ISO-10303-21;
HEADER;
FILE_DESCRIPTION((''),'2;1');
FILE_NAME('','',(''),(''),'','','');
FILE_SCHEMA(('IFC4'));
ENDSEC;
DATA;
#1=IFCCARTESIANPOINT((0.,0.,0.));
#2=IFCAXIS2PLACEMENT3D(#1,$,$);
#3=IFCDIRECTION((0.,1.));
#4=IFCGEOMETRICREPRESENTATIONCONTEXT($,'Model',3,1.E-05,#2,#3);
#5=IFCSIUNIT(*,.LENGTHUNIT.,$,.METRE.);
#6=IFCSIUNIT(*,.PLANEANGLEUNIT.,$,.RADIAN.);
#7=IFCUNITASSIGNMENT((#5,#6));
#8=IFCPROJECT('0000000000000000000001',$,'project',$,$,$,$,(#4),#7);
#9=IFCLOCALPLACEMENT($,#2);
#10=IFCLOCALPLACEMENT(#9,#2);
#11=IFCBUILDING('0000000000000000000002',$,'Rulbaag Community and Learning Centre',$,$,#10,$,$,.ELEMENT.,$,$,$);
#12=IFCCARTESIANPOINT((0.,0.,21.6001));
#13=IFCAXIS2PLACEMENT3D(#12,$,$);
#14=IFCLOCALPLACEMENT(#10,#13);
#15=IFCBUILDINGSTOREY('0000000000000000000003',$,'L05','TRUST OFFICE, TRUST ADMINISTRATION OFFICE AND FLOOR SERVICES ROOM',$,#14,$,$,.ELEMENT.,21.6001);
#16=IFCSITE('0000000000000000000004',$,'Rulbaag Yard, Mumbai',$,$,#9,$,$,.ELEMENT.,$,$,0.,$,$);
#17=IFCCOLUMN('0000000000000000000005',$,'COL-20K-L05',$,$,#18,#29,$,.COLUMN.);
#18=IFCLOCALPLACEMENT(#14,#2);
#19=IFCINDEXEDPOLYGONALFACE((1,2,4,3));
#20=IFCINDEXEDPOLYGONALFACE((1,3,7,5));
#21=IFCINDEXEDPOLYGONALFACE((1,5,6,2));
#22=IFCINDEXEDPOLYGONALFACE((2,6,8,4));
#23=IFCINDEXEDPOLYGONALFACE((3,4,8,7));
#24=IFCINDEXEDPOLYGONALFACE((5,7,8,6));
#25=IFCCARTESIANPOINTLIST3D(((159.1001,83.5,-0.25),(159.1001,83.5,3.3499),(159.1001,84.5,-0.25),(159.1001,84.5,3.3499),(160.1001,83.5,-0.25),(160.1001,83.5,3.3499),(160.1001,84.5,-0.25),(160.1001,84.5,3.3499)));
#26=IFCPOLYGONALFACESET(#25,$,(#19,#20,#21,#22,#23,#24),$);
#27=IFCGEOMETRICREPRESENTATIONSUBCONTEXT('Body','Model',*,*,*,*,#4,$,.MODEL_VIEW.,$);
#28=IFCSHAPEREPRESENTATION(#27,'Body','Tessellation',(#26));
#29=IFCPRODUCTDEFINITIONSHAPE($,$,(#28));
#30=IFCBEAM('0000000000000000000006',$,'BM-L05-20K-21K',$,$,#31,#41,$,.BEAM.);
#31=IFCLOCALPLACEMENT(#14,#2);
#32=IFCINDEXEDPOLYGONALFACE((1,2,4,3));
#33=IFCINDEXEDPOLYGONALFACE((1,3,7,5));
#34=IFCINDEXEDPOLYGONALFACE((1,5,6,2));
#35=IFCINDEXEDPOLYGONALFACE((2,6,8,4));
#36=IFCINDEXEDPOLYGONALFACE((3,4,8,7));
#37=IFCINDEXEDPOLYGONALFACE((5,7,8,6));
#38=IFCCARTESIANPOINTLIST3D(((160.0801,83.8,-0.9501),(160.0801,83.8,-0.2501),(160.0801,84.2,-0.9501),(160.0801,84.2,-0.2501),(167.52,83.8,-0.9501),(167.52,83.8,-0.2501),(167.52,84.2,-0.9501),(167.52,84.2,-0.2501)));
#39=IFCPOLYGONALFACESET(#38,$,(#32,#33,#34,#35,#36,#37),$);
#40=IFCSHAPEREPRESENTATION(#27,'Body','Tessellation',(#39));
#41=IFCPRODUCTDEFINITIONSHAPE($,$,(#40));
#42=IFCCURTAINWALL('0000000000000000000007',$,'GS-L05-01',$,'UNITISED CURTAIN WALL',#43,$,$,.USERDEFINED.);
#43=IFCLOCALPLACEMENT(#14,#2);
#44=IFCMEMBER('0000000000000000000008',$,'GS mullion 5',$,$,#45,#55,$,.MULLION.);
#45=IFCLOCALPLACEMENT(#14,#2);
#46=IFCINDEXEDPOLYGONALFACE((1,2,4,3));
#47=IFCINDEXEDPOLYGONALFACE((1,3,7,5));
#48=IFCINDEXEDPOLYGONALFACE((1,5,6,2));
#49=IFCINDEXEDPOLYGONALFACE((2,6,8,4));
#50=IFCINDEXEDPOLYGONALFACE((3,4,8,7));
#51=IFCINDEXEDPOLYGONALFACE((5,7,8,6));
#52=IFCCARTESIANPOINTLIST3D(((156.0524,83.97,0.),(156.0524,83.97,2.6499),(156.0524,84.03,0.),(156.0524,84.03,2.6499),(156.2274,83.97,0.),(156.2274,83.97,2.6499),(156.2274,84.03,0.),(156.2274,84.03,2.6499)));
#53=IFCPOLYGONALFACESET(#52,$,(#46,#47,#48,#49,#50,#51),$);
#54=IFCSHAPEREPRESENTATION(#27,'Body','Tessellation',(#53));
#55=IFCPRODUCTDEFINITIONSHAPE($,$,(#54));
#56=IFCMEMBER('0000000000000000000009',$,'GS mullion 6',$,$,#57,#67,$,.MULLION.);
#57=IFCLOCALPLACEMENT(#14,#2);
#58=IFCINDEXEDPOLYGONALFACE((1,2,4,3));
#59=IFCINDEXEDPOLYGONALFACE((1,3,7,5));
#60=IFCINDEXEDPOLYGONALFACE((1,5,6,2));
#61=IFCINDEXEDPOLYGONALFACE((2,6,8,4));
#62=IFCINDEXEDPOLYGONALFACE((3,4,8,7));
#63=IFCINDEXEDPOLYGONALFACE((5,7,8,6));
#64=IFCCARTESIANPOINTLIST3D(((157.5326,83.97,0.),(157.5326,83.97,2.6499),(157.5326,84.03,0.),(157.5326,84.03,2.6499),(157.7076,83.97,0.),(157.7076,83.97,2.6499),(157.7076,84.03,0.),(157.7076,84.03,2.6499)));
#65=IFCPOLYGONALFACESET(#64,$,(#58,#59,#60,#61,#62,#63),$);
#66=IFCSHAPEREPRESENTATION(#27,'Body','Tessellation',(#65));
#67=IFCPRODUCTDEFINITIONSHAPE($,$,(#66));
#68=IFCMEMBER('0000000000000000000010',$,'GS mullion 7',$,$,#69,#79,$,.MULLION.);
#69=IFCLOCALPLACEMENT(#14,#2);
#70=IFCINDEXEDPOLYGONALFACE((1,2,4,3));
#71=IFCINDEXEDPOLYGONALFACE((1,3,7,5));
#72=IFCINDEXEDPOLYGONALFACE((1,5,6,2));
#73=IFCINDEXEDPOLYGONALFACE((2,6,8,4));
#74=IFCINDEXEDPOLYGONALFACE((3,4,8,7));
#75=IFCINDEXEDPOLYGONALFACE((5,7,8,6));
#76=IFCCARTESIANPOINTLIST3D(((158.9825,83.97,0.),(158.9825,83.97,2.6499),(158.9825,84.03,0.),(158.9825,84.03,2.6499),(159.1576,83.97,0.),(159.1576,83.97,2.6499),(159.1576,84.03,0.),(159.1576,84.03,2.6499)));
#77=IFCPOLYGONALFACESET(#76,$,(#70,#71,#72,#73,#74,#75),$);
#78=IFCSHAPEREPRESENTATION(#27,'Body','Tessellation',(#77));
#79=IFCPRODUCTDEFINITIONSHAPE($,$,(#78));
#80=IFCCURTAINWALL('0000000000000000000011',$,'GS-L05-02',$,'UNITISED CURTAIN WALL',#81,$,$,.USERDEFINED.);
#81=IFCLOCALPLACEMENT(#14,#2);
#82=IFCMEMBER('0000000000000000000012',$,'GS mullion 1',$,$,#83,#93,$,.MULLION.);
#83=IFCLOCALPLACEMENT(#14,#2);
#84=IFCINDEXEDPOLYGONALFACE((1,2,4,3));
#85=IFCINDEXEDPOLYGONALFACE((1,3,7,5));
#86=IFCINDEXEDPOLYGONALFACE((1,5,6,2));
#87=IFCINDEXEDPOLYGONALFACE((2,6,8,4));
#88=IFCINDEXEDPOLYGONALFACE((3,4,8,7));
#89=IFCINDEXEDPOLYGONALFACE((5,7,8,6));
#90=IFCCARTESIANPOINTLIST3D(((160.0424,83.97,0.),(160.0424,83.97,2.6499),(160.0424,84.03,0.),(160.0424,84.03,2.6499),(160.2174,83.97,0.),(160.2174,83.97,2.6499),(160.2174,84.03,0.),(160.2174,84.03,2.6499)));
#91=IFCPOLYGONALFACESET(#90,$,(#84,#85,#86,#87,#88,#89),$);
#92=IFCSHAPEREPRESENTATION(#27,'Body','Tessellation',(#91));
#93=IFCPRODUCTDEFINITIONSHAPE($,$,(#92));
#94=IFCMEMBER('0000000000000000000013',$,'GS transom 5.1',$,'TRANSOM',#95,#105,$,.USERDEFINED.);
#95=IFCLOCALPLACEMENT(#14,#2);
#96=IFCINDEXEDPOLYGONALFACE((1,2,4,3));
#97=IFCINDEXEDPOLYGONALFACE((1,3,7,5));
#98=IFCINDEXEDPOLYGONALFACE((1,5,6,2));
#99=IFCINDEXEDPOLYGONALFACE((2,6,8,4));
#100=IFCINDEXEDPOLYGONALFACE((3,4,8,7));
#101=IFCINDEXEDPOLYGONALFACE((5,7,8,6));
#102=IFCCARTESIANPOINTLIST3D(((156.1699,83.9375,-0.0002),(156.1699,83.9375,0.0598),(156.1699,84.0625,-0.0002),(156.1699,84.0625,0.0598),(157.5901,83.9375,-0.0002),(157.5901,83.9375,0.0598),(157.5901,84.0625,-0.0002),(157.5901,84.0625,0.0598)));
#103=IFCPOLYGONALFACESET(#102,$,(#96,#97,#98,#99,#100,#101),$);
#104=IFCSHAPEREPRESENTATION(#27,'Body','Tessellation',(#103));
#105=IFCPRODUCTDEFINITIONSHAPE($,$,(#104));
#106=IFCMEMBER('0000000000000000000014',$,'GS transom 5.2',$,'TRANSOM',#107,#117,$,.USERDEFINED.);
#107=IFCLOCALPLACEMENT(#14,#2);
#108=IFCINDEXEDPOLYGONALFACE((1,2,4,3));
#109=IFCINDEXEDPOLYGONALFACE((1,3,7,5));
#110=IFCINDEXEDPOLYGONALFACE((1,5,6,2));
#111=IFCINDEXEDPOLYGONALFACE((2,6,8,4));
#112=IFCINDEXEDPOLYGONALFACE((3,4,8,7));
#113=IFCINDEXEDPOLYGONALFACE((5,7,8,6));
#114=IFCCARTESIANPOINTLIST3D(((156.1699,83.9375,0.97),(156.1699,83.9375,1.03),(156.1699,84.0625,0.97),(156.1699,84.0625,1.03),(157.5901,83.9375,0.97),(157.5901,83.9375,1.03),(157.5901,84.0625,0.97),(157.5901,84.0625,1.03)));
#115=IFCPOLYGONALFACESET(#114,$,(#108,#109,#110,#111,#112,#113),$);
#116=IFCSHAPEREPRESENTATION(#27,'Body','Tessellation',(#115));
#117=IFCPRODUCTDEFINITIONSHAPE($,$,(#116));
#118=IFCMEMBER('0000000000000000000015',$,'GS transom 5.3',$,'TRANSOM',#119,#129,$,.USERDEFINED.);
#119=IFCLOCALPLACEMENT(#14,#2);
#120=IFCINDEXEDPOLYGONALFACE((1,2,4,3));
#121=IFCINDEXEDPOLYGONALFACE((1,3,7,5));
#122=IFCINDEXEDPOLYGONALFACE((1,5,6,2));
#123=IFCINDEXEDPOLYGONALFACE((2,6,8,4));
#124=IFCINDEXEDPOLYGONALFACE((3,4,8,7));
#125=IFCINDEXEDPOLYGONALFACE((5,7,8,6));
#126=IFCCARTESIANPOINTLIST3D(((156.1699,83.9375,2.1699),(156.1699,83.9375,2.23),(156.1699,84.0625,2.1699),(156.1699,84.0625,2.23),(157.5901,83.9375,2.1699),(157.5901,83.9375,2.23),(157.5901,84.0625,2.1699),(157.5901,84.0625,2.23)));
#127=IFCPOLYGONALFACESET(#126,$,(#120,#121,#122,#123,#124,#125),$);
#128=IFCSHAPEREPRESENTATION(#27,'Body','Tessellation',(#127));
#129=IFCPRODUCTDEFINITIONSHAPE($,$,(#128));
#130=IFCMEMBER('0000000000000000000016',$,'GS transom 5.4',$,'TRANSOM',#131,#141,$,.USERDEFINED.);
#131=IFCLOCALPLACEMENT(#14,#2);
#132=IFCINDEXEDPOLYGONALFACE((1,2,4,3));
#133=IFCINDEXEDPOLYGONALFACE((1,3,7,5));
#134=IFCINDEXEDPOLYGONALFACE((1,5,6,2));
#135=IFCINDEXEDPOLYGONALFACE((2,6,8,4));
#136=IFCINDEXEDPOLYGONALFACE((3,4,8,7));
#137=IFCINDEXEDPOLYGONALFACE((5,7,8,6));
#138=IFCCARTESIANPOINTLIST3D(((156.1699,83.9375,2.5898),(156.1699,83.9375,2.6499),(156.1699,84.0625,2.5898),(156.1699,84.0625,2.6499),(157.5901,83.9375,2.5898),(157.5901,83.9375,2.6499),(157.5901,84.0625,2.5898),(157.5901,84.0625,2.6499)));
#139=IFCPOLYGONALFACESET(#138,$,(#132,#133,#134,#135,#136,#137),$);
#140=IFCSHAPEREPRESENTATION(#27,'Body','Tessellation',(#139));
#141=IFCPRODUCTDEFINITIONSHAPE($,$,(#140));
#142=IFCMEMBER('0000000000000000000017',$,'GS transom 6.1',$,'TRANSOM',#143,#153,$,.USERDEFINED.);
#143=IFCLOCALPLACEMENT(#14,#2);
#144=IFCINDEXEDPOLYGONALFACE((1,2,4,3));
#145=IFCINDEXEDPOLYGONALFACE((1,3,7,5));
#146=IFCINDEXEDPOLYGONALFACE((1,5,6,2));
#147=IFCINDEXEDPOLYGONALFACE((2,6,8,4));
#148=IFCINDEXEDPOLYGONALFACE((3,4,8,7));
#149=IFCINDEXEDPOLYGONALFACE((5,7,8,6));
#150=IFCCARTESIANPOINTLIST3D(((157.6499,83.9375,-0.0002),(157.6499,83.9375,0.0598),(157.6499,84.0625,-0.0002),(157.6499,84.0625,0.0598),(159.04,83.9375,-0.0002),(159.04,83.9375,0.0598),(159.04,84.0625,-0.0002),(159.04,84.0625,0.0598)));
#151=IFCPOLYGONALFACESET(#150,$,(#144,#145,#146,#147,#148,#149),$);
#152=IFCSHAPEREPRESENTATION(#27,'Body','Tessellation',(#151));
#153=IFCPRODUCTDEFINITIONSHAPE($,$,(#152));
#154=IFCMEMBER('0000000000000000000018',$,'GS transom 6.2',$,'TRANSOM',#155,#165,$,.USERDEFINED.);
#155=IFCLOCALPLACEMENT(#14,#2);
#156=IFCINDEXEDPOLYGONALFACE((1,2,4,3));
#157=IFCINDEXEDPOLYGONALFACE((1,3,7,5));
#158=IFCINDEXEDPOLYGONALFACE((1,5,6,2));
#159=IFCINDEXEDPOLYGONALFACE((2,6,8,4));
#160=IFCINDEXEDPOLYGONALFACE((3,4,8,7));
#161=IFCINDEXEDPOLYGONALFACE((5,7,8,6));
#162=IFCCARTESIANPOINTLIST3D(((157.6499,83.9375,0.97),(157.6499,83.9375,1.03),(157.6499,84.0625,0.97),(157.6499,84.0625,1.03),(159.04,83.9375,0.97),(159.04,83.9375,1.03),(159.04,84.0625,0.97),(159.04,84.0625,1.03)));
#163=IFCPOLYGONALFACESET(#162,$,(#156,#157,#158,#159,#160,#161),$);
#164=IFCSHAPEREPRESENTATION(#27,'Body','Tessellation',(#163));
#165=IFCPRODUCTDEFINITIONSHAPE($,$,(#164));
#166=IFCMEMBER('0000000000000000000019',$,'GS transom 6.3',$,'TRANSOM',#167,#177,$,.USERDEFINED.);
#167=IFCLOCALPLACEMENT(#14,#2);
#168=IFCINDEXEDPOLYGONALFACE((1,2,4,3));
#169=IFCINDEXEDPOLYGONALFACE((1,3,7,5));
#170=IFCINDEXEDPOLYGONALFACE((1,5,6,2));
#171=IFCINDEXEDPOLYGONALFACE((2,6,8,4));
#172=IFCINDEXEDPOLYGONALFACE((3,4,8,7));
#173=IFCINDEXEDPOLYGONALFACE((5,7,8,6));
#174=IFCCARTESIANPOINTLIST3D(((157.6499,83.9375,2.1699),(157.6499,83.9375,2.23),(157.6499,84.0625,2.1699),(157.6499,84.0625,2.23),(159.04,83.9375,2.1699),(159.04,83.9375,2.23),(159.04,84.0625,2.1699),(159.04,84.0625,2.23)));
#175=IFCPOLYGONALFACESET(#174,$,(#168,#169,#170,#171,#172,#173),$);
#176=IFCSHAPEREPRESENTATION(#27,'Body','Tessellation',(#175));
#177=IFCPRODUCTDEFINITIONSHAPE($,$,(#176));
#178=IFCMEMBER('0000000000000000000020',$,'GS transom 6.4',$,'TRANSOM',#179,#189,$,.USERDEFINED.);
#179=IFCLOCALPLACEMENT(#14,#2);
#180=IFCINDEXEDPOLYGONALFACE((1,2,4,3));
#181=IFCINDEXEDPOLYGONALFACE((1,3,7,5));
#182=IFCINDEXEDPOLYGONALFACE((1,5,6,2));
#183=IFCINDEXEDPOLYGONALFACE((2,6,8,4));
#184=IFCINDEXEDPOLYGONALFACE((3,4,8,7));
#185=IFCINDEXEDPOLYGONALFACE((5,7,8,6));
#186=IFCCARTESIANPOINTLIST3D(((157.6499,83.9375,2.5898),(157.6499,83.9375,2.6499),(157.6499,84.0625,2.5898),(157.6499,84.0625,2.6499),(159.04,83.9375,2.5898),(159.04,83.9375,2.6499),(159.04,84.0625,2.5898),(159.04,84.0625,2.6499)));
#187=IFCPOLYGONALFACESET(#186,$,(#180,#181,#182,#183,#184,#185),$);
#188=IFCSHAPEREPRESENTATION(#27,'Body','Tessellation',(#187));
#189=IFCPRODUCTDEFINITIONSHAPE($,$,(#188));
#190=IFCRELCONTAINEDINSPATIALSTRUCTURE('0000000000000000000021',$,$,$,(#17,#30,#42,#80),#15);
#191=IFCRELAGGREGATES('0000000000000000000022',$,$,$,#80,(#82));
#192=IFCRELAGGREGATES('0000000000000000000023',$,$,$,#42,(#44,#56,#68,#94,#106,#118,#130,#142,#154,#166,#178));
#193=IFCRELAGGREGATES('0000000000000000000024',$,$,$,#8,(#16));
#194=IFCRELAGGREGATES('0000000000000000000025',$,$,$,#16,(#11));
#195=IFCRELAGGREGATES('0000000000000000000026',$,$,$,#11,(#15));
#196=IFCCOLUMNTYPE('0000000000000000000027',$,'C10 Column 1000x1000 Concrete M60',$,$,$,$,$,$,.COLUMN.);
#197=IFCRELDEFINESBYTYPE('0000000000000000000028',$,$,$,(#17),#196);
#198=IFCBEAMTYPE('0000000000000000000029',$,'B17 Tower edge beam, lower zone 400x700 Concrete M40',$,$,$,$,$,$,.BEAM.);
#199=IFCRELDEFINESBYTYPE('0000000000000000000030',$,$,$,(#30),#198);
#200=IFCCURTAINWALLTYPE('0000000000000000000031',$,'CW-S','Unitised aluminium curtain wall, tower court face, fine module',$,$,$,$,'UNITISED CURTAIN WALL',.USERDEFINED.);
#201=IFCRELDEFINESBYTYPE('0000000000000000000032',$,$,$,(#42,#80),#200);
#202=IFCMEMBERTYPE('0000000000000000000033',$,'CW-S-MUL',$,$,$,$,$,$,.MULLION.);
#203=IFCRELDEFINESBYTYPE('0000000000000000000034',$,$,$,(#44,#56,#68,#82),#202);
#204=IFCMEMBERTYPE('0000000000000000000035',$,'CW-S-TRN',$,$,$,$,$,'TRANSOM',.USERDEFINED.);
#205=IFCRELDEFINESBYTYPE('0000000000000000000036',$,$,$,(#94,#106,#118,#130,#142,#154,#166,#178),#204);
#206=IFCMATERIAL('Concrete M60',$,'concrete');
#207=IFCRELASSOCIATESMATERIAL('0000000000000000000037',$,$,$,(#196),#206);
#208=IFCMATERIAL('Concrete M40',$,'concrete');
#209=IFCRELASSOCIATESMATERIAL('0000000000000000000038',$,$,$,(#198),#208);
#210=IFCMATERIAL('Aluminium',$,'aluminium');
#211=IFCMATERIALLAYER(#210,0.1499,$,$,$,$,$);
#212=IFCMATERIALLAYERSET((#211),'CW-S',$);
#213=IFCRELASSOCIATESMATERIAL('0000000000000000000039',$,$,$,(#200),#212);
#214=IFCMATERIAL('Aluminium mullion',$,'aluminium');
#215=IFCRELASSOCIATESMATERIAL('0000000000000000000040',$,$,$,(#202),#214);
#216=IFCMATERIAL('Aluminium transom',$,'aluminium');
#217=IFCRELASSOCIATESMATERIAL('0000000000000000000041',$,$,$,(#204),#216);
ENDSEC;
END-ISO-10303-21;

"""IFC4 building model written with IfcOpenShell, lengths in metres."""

from ifc_helpers import new_model, si_unit, direction, frame, origin, origin_2d, place, context, subcontext, project, spatial, rectangle, extrude, material, layer, layer_set, material_profile, profile_set, type_object, element, aggregate, save


model = new_model("IFC4")

# Units and contexts
model_context = context("Model", 3, precision=1e-05, world=origin(), true_north=direction((0.0, 1.0)))
body_context = subcontext(model_context, "Body", "Model", "MODEL_VIEW")
ifc_project = project(units=[si_unit("LENGTHUNIT", "METRE"), si_unit("PLANEANGLEUNIT", "RADIAN")], contexts=[model_context])

# Site, building, storey
site_placement = place(None, origin())
site = spatial("IfcSite", under=ifc_project, at=site_placement, Name="Rulbaag Yard, Mumbai", CompositionType="ELEMENT", RefElevation=0.0)
building_placement = place(site_placement, origin())
building = spatial("IfcBuilding", under=site, at=building_placement, Name="Rulbaag Community and Learning Centre", CompositionType="ELEMENT")
storey_placement = place(building_placement, frame((0.0, 0.0, 21.6001)))
storey = spatial("IfcBuildingStorey", under=building, at=storey_placement, Name="L05", Description="TRUST OFFICE, TRUST ADMINISTRATION OFFICE AND FLOOR SERVICES ROOM", CompositionType="ELEMENT", Elevation=21.6001)

# Column
ifc_material_1 = material(Name="Concrete M60", Category="concrete")
ifc_material_profile_1 = material_profile(ifc_material_1, rectangle(XDim=1.0, YDim=1.0, at=origin_2d()), Name="RC1000x1000")
ifc_profile_set_1 = profile_set([ifc_material_profile_1], Name="Concrete M60")
column_type = type_object("IfcColumnType", Name="C10 Column 1000x1000 Concrete M60", PredefinedType="COLUMN", material=ifc_profile_set_1)
column_placement = place(storey_placement, frame((159.6001, 84.0, -0.25), z_axis=(0.0, 0.0, 1.0), x_axis=(1.0, 0.0, 0.0)))
element("IfcColumn", 1, at=column_placement, inside=storey, type_object=column_type, Name="COL-20K-L05", PredefinedType="COLUMN", context=body_context, shape_type="SweptSolid", body=[
    extrude(rectangle(XDim=1.0, YDim=1.0, at=origin_2d()), origin(), (0.0, 0.0, 1.0), 3.5999),
])

# Beam
ifc_material_2 = material(Name="Concrete M40", Category="concrete")
ifc_material_profile_2 = material_profile(ifc_material_2, rectangle(XDim=0.3999, YDim=0.7, at=origin_2d()), Name="RB400x700")
ifc_profile_set_2 = profile_set([ifc_material_profile_2], Name="Concrete M40")
beam_type = type_object("IfcBeamType", Name="B17 Tower edge beam, lower zone 400x700 Concrete M40", PredefinedType="BEAM", material=ifc_profile_set_2)
beam_placement = place(storey_placement, frame((160.0801, 84.0, -0.6001), z_axis=(1.0, 0.0, 0.0), x_axis=(0.0, 1.0, 0.0)))
element("IfcBeam", 2, at=beam_placement, inside=storey, type_object=beam_type, Name="BM-L05-20K-21K", PredefinedType="BEAM", context=body_context, shape_type="SweptSolid", body=[
    extrude(rectangle(XDim=0.3999, YDim=0.7, at=origin_2d()), origin(), (0.0, 0.0, 1.0), 7.4399),
])

# Curtain wall, members
ifc_material_3 = material(Name="Aluminium", Category="aluminium")
ifc_layer_1 = layer(ifc_material_3, 0.1499)
ifc_layer_set_1 = layer_set([ifc_layer_1], Name="CW-S")
curtain_wall_type = type_object("IfcCurtainWallType", Name="CW-S", Description="Unitised aluminium curtain wall, tower court face, fine module", ElementType="UNITISED CURTAIN WALL", PredefinedType="USERDEFINED", material=ifc_layer_set_1)
curtain_wall_1_placement = place(storey_placement, origin())
curtain_wall_1 = element("IfcCurtainWall", 3, at=curtain_wall_1_placement, inside=storey, type_object=curtain_wall_type, Name="GS-L05-01", ObjectType="UNITISED CURTAIN WALL", PredefinedType="USERDEFINED")
ifc_material_4 = material(Name="Aluminium mullion", Category="aluminium")
ifc_material_profile_3 = material_profile(ifc_material_4, rectangle(XDim=0.0601, YDim=0.175, at=origin_2d()), Name="AL 60x175")
ifc_profile_set_3 = profile_set([ifc_material_profile_3], Name="Aluminium mullion")
member_type_1 = type_object("IfcMemberType", Name="CW-S-MUL", PredefinedType="MULLION", material=ifc_profile_set_3)
member_1_placement = place(storey_placement, frame((156.1399, 84.0, 0.0), z_axis=(0.0, 0.0, 1.0), x_axis=(0.0, 1.0, 0.0)))
member_1 = element("IfcMember", 4, at=member_1_placement, type_object=member_type_1, Name="GS mullion 5", PredefinedType="MULLION", context=body_context, shape_type="SweptSolid", body=[
    extrude(rectangle(XDim=0.0601, YDim=0.175, at=origin_2d()), origin(), (0.0, 0.0, 1.0), 2.6499),
])
member_2_placement = place(storey_placement, frame((157.6201, 84.0, 0.0), z_axis=(0.0, 0.0, 1.0), x_axis=(0.0, 1.0, 0.0)))
member_2 = element("IfcMember", 5, at=member_2_placement, type_object=member_type_1, Name="GS mullion 6", PredefinedType="MULLION", context=body_context, shape_type="SweptSolid", body=[
    extrude(rectangle(XDim=0.0601, YDim=0.175, at=origin_2d()), origin(), (0.0, 0.0, 1.0), 2.6499),
])
member_3_placement = place(storey_placement, frame((159.0701, 84.0, 0.0), z_axis=(0.0, 0.0, 1.0), x_axis=(0.0, 1.0, 0.0)))
member_3 = element("IfcMember", 6, at=member_3_placement, type_object=member_type_1, Name="GS mullion 7", PredefinedType="MULLION", context=body_context, shape_type="SweptSolid", body=[
    extrude(rectangle(XDim=0.0601, YDim=0.175, at=origin_2d()), origin(), (0.0, 0.0, 1.0), 2.6499),
])

# Curtain wall, member
curtain_wall_2_placement = place(storey_placement, origin())
curtain_wall_2 = element("IfcCurtainWall", 7, at=curtain_wall_2_placement, inside=storey, type_object=curtain_wall_type, Name="GS-L05-02", ObjectType="UNITISED CURTAIN WALL", PredefinedType="USERDEFINED")
member_4_placement = place(storey_placement, frame((160.1299, 84.0, 0.0), z_axis=(0.0, 0.0, 1.0), x_axis=(0.0, 1.0, 0.0)))
member_4 = element("IfcMember", 8, at=member_4_placement, type_object=member_type_1, Name="GS mullion 1", PredefinedType="MULLION", context=body_context, shape_type="SweptSolid", body=[
    extrude(rectangle(XDim=0.0601, YDim=0.175, at=origin_2d()), origin(), (0.0, 0.0, 1.0), 2.6499),
])

# Members
ifc_material_5 = material(Name="Aluminium transom", Category="aluminium")
ifc_material_profile_4 = material_profile(ifc_material_5, rectangle(XDim=0.125, YDim=0.0601, at=origin_2d()), Name="AL 60x125 T")
ifc_profile_set_4 = profile_set([ifc_material_profile_4], Name="Aluminium transom")
member_type_2 = type_object("IfcMemberType", Name="CW-S-TRN", ElementType="TRANSOM", PredefinedType="USERDEFINED", material=ifc_profile_set_4)
member_5_placement = place(storey_placement, frame((156.1699, 84.0, 0.0298), z_axis=(1.0, 0.0, 0.0), x_axis=(0.0, 1.0, 0.0)))
member_5 = element("IfcMember", 9, at=member_5_placement, type_object=member_type_2, Name="GS transom 5.1", ObjectType="TRANSOM", PredefinedType="USERDEFINED", context=body_context, shape_type="SweptSolid", body=[
    extrude(rectangle(XDim=0.125, YDim=0.0601, at=origin_2d()), origin(), (0.0, 0.0, 1.0), 1.4202),
])
member_6_placement = place(storey_placement, frame((156.1699, 84.0, 1.0), z_axis=(1.0, 0.0, 0.0), x_axis=(0.0, 1.0, 0.0)))
member_6 = element("IfcMember", 10, at=member_6_placement, type_object=member_type_2, Name="GS transom 5.2", ObjectType="TRANSOM", PredefinedType="USERDEFINED", context=body_context, shape_type="SweptSolid", body=[
    extrude(rectangle(XDim=0.125, YDim=0.0601, at=origin_2d()), origin(), (0.0, 0.0, 1.0), 1.4202),
])
member_7_placement = place(storey_placement, frame((156.1699, 84.0, 2.2), z_axis=(1.0, 0.0, 0.0), x_axis=(0.0, 1.0, 0.0)))
member_7 = element("IfcMember", 11, at=member_7_placement, type_object=member_type_2, Name="GS transom 5.3", ObjectType="TRANSOM", PredefinedType="USERDEFINED", context=body_context, shape_type="SweptSolid", body=[
    extrude(rectangle(XDim=0.125, YDim=0.0601, at=origin_2d()), origin(), (0.0, 0.0, 1.0), 1.4202),
])
member_8_placement = place(storey_placement, frame((156.1699, 84.0, 2.6199), z_axis=(1.0, 0.0, 0.0), x_axis=(0.0, 1.0, 0.0)))
member_8 = element("IfcMember", 12, at=member_8_placement, type_object=member_type_2, Name="GS transom 5.4", ObjectType="TRANSOM", PredefinedType="USERDEFINED", context=body_context, shape_type="SweptSolid", body=[
    extrude(rectangle(XDim=0.125, YDim=0.0601, at=origin_2d()), origin(), (0.0, 0.0, 1.0), 1.4202),
])
member_9_placement = place(storey_placement, frame((157.6499, 84.0, 0.0298), z_axis=(1.0, 0.0, 0.0), x_axis=(0.0, 1.0, 0.0)))
member_9 = element("IfcMember", 13, at=member_9_placement, type_object=member_type_2, Name="GS transom 6.1", ObjectType="TRANSOM", PredefinedType="USERDEFINED", context=body_context, shape_type="SweptSolid", body=[
    extrude(rectangle(XDim=0.125, YDim=0.0601, at=origin_2d()), origin(), (0.0, 0.0, 1.0), 1.3901),
])
member_10_placement = place(storey_placement, frame((157.6499, 84.0, 1.0), z_axis=(1.0, 0.0, 0.0), x_axis=(0.0, 1.0, 0.0)))
member_10 = element("IfcMember", 14, at=member_10_placement, type_object=member_type_2, Name="GS transom 6.2", ObjectType="TRANSOM", PredefinedType="USERDEFINED", context=body_context, shape_type="SweptSolid", body=[
    extrude(rectangle(XDim=0.125, YDim=0.0601, at=origin_2d()), origin(), (0.0, 0.0, 1.0), 1.3901),
])
member_11_placement = place(storey_placement, frame((157.6499, 84.0, 2.2), z_axis=(1.0, 0.0, 0.0), x_axis=(0.0, 1.0, 0.0)))
member_11 = element("IfcMember", 15, at=member_11_placement, type_object=member_type_2, Name="GS transom 6.3", ObjectType="TRANSOM", PredefinedType="USERDEFINED", context=body_context, shape_type="SweptSolid", body=[
    extrude(rectangle(XDim=0.125, YDim=0.0601, at=origin_2d()), origin(), (0.0, 0.0, 1.0), 1.3901),
])
member_12_placement = place(storey_placement, frame((157.6499, 84.0, 2.6199), z_axis=(1.0, 0.0, 0.0), x_axis=(0.0, 1.0, 0.0)))
member_12 = element("IfcMember", 16, at=member_12_placement, type_object=member_type_2, Name="GS transom 6.4", ObjectType="TRANSOM", PredefinedType="USERDEFINED", context=body_context, shape_type="SweptSolid", body=[
    extrude(rectangle(XDim=0.125, YDim=0.0601, at=origin_2d()), origin(), (0.0, 0.0, 1.0), 1.3901),
])
aggregate(curtain_wall_2, [member_4])

aggregate(curtain_wall_1, [member_1, member_2, member_3, member_5, member_6, member_7, member_8, member_9, member_10, member_11, member_12])

save(model, "model.ifc")
